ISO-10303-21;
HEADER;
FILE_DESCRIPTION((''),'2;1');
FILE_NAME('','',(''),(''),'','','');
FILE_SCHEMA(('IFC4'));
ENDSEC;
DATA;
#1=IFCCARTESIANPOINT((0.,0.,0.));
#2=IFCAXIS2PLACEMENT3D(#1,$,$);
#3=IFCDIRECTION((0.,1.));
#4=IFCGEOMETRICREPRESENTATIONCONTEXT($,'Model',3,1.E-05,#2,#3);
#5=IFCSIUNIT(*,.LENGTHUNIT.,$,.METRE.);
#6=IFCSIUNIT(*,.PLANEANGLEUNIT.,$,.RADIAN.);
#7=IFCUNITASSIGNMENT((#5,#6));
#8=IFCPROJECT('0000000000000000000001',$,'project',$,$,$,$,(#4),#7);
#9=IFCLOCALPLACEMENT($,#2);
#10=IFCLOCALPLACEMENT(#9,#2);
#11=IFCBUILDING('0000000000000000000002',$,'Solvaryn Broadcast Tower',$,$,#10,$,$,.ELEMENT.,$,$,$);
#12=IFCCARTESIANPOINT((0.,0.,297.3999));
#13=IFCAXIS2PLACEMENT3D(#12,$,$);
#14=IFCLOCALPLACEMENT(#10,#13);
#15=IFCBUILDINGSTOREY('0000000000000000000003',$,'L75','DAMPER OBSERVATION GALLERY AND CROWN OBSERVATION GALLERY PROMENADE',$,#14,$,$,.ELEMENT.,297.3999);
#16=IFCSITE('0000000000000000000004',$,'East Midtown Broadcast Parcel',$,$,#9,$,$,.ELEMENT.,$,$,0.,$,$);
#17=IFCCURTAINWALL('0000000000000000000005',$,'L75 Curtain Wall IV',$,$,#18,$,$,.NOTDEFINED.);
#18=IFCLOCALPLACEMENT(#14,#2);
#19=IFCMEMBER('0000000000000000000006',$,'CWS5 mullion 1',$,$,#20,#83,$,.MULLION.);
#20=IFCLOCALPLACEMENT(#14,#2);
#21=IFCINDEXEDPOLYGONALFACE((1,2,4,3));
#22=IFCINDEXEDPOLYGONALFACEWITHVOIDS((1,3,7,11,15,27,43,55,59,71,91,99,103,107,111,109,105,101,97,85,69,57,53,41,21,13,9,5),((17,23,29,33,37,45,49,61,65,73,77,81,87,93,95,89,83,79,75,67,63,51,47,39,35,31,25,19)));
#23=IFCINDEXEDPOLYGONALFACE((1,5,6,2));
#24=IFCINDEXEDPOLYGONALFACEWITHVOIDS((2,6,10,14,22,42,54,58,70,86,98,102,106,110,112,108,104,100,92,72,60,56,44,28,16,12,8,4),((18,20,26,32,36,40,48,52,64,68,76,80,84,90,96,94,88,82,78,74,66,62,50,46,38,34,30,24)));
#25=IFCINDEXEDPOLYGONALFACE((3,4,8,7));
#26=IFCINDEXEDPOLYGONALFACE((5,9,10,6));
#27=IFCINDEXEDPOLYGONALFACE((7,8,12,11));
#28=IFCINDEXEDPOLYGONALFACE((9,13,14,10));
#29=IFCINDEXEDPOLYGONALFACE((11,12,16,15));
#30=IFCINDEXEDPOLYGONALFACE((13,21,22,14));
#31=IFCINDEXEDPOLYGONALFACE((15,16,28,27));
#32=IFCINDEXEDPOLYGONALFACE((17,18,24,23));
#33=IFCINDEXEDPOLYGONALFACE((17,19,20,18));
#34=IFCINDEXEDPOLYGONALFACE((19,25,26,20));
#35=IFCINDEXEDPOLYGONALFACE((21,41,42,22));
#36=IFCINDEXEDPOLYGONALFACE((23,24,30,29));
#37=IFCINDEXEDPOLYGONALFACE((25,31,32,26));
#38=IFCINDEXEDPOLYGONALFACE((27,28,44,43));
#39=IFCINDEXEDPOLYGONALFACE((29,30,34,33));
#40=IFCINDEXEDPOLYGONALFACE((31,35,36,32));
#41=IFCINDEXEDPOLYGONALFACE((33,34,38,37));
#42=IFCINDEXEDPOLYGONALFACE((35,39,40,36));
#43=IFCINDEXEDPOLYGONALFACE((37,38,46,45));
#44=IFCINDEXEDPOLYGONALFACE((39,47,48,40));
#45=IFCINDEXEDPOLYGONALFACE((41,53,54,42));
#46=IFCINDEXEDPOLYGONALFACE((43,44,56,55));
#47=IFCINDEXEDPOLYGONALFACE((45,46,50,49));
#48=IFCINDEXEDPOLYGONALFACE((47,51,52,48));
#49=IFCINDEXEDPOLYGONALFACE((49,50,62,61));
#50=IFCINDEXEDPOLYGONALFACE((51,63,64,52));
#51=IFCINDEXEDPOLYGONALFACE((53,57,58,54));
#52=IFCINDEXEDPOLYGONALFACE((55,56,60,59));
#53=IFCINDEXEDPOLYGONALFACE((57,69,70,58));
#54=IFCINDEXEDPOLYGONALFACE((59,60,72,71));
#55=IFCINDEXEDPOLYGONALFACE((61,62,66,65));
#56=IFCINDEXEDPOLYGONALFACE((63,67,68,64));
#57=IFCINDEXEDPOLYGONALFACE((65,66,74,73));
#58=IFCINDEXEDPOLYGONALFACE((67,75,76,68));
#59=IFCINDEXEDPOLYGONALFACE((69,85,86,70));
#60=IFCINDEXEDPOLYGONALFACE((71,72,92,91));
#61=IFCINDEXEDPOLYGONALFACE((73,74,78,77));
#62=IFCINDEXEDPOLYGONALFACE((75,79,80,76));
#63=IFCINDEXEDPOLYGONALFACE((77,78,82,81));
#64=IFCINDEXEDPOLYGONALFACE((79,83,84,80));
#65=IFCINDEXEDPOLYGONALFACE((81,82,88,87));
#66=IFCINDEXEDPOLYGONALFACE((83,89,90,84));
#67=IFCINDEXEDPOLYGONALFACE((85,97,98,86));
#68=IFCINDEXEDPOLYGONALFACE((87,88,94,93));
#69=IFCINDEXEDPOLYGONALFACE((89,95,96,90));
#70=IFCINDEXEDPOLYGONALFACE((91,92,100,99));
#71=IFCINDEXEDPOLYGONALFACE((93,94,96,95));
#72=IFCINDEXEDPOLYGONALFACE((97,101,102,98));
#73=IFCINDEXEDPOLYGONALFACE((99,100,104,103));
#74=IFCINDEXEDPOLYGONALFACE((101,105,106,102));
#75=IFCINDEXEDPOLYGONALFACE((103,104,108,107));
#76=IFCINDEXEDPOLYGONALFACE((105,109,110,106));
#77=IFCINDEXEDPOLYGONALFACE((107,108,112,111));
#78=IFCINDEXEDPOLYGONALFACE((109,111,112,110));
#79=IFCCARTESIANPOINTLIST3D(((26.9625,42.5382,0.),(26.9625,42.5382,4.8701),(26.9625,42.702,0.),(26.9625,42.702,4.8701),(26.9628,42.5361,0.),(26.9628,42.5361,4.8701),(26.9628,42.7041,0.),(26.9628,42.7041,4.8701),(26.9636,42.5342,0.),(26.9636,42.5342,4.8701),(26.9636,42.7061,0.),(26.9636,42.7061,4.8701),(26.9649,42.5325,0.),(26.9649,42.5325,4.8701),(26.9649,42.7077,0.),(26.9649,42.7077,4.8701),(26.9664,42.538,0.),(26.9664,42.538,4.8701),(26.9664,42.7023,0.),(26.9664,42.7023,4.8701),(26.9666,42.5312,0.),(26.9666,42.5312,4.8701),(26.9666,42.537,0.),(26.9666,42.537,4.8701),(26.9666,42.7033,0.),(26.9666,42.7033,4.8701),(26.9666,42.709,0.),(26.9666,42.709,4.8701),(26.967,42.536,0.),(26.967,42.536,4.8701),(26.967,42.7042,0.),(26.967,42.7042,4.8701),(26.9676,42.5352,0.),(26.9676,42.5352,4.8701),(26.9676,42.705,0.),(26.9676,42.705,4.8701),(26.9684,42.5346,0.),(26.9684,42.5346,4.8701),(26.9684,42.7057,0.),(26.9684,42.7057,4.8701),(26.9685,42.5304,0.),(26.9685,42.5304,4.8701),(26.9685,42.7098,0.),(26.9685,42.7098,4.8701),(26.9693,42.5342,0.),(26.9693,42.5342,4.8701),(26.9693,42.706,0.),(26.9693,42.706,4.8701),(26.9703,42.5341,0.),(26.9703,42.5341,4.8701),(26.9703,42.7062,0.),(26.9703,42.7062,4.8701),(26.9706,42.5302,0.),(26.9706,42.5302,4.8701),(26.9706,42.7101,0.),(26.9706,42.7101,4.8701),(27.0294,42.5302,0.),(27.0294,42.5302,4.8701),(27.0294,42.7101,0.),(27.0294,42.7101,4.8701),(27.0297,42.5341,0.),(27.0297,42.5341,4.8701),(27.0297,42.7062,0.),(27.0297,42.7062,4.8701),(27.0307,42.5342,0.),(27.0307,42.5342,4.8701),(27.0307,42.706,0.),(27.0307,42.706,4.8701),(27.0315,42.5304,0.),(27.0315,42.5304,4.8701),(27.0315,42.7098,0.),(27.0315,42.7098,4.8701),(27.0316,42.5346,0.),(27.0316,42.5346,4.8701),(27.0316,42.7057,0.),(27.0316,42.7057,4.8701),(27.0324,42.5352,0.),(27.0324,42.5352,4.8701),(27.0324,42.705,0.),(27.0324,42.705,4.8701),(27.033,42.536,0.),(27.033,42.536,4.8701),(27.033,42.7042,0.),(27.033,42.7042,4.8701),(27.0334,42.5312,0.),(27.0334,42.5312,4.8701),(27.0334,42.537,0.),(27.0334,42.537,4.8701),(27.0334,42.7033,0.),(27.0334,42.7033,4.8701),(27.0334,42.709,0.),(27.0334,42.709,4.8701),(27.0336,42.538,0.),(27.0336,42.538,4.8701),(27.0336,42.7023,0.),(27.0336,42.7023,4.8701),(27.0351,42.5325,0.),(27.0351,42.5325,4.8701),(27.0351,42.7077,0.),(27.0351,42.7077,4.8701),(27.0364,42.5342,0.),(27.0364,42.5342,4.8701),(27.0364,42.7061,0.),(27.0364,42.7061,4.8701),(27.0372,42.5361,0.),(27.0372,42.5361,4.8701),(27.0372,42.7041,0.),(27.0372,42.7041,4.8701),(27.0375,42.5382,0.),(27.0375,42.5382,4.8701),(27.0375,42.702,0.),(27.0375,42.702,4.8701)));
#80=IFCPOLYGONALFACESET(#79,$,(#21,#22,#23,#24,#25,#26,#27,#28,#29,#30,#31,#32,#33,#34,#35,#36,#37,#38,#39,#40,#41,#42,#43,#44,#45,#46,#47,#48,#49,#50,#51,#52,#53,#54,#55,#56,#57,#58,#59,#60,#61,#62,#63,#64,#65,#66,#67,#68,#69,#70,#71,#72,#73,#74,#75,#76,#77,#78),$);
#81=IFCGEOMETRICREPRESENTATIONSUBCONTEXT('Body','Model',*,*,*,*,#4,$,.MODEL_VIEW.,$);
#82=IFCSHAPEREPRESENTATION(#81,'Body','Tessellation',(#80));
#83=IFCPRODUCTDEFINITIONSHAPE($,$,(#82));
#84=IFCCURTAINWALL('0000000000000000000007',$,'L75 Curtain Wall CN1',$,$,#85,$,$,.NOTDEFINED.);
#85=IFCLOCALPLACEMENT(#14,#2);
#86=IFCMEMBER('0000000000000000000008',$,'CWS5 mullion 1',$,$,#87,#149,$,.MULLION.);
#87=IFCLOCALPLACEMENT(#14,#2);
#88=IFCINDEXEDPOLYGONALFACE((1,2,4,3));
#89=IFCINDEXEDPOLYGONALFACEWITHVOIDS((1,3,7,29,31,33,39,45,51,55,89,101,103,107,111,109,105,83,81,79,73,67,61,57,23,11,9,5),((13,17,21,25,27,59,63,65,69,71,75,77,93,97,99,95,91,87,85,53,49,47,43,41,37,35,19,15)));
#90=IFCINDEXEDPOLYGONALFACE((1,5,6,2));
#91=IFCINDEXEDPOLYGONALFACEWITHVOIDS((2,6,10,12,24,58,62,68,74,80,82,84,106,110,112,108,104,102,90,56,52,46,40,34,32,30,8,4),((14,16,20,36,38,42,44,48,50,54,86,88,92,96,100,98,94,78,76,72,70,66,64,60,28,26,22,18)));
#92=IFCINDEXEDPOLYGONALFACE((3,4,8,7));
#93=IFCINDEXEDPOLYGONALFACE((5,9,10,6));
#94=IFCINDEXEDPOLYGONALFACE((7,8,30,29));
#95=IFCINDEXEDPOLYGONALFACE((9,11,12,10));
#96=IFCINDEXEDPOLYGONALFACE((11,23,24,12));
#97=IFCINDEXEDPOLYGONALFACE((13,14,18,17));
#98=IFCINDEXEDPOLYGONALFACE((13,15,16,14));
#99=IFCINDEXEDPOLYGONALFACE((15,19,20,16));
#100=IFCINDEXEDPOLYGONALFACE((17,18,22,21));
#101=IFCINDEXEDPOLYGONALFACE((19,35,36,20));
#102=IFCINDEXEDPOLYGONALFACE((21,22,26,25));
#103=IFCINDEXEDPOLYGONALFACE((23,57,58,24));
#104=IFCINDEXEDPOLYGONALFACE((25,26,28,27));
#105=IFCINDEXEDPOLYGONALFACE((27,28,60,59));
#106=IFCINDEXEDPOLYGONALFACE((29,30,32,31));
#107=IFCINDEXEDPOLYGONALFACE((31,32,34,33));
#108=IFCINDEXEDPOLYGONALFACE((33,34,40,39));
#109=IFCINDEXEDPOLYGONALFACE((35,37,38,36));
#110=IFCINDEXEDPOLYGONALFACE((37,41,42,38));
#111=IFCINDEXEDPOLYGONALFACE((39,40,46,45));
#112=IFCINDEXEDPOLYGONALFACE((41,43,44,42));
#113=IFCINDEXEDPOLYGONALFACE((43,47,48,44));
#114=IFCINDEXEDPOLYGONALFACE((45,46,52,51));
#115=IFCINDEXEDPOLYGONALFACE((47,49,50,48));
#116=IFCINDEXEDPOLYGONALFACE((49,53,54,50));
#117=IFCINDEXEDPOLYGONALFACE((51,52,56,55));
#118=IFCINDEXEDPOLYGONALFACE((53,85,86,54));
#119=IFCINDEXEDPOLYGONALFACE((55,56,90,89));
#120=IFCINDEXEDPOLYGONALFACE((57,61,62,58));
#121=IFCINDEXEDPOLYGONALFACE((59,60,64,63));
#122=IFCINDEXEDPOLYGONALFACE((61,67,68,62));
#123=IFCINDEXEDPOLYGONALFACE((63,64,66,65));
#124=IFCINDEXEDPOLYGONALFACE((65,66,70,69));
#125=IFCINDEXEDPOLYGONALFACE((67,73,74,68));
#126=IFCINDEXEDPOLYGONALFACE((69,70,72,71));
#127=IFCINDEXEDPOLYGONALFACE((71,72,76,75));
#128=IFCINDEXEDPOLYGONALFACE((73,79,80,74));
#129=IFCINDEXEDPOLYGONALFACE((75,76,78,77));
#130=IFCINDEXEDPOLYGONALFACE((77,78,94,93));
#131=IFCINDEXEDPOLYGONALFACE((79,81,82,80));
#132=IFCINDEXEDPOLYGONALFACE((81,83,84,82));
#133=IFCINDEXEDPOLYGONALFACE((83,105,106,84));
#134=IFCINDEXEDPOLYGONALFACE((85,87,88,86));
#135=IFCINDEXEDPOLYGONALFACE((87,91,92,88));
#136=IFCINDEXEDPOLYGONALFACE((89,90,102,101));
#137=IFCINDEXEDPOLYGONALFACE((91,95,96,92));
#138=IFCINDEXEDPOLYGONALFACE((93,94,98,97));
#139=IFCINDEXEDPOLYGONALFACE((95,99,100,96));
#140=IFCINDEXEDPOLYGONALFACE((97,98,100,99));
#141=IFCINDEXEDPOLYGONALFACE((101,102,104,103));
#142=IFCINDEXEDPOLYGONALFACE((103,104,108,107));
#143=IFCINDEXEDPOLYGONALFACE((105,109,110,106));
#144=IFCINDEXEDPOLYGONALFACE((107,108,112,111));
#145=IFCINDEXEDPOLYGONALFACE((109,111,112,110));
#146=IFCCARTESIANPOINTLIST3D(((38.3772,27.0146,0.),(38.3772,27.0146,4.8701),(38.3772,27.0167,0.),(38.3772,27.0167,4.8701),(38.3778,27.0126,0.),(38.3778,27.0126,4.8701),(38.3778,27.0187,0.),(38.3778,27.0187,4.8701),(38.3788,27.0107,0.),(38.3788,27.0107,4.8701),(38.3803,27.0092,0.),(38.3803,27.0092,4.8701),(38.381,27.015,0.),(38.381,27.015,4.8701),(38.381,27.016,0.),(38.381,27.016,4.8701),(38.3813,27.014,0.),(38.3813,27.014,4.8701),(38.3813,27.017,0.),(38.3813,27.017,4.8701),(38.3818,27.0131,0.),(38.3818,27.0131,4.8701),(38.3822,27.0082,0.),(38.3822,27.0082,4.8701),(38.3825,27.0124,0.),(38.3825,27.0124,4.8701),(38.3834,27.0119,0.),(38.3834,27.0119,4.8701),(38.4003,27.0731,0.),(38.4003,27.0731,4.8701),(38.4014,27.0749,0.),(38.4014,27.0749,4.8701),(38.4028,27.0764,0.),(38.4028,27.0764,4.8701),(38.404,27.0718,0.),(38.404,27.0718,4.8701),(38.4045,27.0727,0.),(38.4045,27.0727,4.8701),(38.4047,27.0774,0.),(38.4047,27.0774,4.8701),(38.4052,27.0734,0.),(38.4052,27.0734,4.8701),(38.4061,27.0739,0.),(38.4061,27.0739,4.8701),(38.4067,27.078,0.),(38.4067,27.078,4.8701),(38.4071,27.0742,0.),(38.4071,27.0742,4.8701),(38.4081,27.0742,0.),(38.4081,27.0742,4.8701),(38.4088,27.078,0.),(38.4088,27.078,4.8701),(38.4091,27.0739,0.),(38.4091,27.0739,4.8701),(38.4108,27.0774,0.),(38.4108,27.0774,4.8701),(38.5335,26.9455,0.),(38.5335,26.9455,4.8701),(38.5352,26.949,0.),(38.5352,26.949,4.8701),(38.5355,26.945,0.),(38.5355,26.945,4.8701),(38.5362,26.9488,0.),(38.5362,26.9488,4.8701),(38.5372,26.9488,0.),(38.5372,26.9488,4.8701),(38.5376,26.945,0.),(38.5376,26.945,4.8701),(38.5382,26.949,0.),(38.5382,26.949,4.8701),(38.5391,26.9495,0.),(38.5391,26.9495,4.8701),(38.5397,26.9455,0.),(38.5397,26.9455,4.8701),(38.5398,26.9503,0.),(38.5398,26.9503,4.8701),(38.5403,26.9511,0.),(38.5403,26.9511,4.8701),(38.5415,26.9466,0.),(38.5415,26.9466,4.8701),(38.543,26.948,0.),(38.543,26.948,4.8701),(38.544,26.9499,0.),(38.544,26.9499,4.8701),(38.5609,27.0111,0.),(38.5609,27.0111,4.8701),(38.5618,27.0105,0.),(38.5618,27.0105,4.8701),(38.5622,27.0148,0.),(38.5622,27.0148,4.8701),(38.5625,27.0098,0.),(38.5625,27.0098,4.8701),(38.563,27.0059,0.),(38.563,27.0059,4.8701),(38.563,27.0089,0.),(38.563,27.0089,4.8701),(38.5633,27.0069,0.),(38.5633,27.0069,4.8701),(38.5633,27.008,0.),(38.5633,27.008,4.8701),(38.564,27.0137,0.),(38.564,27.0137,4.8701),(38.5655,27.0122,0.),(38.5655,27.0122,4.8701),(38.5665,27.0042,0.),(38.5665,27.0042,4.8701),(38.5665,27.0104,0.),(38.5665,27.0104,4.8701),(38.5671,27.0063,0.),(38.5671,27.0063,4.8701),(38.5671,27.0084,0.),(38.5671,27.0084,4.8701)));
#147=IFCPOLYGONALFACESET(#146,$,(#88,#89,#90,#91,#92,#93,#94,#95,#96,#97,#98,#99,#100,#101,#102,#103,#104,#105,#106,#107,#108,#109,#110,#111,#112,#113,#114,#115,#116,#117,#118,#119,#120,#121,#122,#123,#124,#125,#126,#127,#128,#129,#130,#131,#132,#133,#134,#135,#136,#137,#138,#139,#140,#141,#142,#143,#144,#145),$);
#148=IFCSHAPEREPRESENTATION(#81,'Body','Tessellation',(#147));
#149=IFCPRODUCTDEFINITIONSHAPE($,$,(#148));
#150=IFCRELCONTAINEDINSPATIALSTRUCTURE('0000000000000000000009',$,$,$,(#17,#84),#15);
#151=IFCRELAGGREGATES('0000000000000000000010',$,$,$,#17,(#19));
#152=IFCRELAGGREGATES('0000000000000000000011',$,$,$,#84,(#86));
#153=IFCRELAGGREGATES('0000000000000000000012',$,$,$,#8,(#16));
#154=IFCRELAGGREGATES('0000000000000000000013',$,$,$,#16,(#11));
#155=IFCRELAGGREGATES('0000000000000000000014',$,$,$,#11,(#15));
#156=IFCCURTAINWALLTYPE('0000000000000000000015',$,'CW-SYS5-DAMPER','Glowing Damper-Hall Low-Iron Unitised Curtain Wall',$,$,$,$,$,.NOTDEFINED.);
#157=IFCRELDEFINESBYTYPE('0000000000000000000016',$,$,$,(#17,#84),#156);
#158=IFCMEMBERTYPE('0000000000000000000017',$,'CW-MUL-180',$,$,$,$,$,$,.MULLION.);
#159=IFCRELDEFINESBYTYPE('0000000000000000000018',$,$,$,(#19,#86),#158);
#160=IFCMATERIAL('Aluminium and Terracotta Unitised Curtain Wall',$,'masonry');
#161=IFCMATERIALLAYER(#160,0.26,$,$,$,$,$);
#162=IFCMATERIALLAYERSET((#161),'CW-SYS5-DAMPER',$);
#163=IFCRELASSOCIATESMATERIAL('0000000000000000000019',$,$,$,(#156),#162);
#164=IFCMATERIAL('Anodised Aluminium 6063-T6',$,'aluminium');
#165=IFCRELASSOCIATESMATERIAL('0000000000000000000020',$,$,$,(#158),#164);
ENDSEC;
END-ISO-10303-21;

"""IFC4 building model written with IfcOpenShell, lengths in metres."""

from ifc_helpers import new_model, si_unit, direction, frame, origin, origin_2d, place, context, subcontext, project, spatial, hollow_rectangle, extrude, material, layer, layer_set, material_profile, profile_set, type_object, element, aggregate, save


model = new_model("IFC4")

# Units and contexts
model_context = context("Model", 3, precision=1e-05, world=origin(), true_north=direction((0.0, 1.0)))
body_context = subcontext(model_context, "Body", "Model", "MODEL_VIEW")
ifc_project = project(units=[si_unit("LENGTHUNIT", "METRE"), si_unit("PLANEANGLEUNIT", "RADIAN")], contexts=[model_context])

# Site, building, storey
site_placement = place(None, origin())
site = spatial("IfcSite", under=ifc_project, at=site_placement, Name="East Midtown Broadcast Parcel", CompositionType="ELEMENT", RefElevation=0.0)
building_placement = place(site_placement, origin())
building = spatial("IfcBuilding", under=site, at=building_placement, Name="Solvaryn Broadcast Tower", CompositionType="ELEMENT")
storey_placement = place(building_placement, frame((0.0, 0.0, 297.3999)))
storey = spatial("IfcBuildingStorey", under=building, at=storey_placement, Name="L75", Description="DAMPER OBSERVATION GALLERY AND CROWN OBSERVATION GALLERY PROMENADE", CompositionType="ELEMENT", Elevation=297.3999)

# Curtain wall, member
ifc_material_1 = material(Name="Aluminium and Terracotta Unitised Curtain Wall", Category="masonry")
ifc_layer_1 = layer(ifc_material_1, 0.26)
ifc_layer_set_1 = layer_set([ifc_layer_1], Name="CW-SYS5-DAMPER")
curtain_wall_type = type_object("IfcCurtainWallType", Name="CW-SYS5-DAMPER", Description="Glowing Damper-Hall Low-Iron Unitised Curtain Wall", PredefinedType="NOTDEFINED", material=ifc_layer_set_1)
curtain_wall_1_placement = place(storey_placement, origin())
curtain_wall_1 = element("IfcCurtainWall", 1, at=curtain_wall_1_placement, inside=storey, type_object=curtain_wall_type, Name="L75 Curtain Wall IV", PredefinedType="NOTDEFINED")
ifc_material_2 = material(Name="Anodised Aluminium 6063-T6", Category="aluminium")
ifc_material_profile_1 = material_profile(ifc_material_2, hollow_rectangle(XDim=0.075, YDim=0.1799, WallThickness=0.0039, InnerFilletRadius=0.0039, OuterFilletRadius=0.0081, at=origin_2d()))
ifc_profile_set_1 = profile_set([ifc_material_profile_1], Name="Anodised Aluminium 6063-T6")
member_type_1 = type_object("IfcMemberType", Name="CW-MUL-180", PredefinedType="MULLION", material=ifc_profile_set_1)
member_1_placement = place(storey_placement, frame((27.0, 42.6201, 0.0), z_axis=(0.0, 0.0, 1.0), x_axis=(1.0, 0.0, 0.0)))
member_1 = element("IfcMember", 2, at=member_1_placement, type_object=member_type_1, Name="CWS5 mullion 1", PredefinedType="MULLION", context=body_context, shape_type="SweptSolid", body=[
    extrude(hollow_rectangle(XDim=0.075, YDim=0.1799, WallThickness=0.0039, InnerFilletRadius=0.0039, OuterFilletRadius=0.0081, at=origin_2d()), origin(), (0.0, 0.0, 1.0), 4.8701),
])

# Curtain wall, member
curtain_wall_2_placement = place(storey_placement, origin())
curtain_wall_2 = element("IfcCurtainWall", 3, at=curtain_wall_2_placement, inside=storey, type_object=curtain_wall_type, Name="L75 Curtain Wall CN1", PredefinedType="NOTDEFINED")
member_2_placement = place(storey_placement, frame((38.4722, 27.0115, 0.0), z_axis=(0.0, 0.0, 1.0), x_axis=(-0.382646, -0.923895, 0.0)))
member_2 = element("IfcMember", 4, at=member_2_placement, type_object=member_type_1, Name="CWS5 mullion 1", PredefinedType="MULLION", context=body_context, shape_type="SweptSolid", body=[
    extrude(hollow_rectangle(XDim=0.075, YDim=0.1799, WallThickness=0.0039, InnerFilletRadius=0.0039, OuterFilletRadius=0.0081, at=origin_2d()), origin(), (0.0, 0.0, 1.0), 4.8701),
])

aggregate(curtain_wall_1, [member_1])

aggregate(curtain_wall_2, [member_2])

save(model, "model.ifc")
